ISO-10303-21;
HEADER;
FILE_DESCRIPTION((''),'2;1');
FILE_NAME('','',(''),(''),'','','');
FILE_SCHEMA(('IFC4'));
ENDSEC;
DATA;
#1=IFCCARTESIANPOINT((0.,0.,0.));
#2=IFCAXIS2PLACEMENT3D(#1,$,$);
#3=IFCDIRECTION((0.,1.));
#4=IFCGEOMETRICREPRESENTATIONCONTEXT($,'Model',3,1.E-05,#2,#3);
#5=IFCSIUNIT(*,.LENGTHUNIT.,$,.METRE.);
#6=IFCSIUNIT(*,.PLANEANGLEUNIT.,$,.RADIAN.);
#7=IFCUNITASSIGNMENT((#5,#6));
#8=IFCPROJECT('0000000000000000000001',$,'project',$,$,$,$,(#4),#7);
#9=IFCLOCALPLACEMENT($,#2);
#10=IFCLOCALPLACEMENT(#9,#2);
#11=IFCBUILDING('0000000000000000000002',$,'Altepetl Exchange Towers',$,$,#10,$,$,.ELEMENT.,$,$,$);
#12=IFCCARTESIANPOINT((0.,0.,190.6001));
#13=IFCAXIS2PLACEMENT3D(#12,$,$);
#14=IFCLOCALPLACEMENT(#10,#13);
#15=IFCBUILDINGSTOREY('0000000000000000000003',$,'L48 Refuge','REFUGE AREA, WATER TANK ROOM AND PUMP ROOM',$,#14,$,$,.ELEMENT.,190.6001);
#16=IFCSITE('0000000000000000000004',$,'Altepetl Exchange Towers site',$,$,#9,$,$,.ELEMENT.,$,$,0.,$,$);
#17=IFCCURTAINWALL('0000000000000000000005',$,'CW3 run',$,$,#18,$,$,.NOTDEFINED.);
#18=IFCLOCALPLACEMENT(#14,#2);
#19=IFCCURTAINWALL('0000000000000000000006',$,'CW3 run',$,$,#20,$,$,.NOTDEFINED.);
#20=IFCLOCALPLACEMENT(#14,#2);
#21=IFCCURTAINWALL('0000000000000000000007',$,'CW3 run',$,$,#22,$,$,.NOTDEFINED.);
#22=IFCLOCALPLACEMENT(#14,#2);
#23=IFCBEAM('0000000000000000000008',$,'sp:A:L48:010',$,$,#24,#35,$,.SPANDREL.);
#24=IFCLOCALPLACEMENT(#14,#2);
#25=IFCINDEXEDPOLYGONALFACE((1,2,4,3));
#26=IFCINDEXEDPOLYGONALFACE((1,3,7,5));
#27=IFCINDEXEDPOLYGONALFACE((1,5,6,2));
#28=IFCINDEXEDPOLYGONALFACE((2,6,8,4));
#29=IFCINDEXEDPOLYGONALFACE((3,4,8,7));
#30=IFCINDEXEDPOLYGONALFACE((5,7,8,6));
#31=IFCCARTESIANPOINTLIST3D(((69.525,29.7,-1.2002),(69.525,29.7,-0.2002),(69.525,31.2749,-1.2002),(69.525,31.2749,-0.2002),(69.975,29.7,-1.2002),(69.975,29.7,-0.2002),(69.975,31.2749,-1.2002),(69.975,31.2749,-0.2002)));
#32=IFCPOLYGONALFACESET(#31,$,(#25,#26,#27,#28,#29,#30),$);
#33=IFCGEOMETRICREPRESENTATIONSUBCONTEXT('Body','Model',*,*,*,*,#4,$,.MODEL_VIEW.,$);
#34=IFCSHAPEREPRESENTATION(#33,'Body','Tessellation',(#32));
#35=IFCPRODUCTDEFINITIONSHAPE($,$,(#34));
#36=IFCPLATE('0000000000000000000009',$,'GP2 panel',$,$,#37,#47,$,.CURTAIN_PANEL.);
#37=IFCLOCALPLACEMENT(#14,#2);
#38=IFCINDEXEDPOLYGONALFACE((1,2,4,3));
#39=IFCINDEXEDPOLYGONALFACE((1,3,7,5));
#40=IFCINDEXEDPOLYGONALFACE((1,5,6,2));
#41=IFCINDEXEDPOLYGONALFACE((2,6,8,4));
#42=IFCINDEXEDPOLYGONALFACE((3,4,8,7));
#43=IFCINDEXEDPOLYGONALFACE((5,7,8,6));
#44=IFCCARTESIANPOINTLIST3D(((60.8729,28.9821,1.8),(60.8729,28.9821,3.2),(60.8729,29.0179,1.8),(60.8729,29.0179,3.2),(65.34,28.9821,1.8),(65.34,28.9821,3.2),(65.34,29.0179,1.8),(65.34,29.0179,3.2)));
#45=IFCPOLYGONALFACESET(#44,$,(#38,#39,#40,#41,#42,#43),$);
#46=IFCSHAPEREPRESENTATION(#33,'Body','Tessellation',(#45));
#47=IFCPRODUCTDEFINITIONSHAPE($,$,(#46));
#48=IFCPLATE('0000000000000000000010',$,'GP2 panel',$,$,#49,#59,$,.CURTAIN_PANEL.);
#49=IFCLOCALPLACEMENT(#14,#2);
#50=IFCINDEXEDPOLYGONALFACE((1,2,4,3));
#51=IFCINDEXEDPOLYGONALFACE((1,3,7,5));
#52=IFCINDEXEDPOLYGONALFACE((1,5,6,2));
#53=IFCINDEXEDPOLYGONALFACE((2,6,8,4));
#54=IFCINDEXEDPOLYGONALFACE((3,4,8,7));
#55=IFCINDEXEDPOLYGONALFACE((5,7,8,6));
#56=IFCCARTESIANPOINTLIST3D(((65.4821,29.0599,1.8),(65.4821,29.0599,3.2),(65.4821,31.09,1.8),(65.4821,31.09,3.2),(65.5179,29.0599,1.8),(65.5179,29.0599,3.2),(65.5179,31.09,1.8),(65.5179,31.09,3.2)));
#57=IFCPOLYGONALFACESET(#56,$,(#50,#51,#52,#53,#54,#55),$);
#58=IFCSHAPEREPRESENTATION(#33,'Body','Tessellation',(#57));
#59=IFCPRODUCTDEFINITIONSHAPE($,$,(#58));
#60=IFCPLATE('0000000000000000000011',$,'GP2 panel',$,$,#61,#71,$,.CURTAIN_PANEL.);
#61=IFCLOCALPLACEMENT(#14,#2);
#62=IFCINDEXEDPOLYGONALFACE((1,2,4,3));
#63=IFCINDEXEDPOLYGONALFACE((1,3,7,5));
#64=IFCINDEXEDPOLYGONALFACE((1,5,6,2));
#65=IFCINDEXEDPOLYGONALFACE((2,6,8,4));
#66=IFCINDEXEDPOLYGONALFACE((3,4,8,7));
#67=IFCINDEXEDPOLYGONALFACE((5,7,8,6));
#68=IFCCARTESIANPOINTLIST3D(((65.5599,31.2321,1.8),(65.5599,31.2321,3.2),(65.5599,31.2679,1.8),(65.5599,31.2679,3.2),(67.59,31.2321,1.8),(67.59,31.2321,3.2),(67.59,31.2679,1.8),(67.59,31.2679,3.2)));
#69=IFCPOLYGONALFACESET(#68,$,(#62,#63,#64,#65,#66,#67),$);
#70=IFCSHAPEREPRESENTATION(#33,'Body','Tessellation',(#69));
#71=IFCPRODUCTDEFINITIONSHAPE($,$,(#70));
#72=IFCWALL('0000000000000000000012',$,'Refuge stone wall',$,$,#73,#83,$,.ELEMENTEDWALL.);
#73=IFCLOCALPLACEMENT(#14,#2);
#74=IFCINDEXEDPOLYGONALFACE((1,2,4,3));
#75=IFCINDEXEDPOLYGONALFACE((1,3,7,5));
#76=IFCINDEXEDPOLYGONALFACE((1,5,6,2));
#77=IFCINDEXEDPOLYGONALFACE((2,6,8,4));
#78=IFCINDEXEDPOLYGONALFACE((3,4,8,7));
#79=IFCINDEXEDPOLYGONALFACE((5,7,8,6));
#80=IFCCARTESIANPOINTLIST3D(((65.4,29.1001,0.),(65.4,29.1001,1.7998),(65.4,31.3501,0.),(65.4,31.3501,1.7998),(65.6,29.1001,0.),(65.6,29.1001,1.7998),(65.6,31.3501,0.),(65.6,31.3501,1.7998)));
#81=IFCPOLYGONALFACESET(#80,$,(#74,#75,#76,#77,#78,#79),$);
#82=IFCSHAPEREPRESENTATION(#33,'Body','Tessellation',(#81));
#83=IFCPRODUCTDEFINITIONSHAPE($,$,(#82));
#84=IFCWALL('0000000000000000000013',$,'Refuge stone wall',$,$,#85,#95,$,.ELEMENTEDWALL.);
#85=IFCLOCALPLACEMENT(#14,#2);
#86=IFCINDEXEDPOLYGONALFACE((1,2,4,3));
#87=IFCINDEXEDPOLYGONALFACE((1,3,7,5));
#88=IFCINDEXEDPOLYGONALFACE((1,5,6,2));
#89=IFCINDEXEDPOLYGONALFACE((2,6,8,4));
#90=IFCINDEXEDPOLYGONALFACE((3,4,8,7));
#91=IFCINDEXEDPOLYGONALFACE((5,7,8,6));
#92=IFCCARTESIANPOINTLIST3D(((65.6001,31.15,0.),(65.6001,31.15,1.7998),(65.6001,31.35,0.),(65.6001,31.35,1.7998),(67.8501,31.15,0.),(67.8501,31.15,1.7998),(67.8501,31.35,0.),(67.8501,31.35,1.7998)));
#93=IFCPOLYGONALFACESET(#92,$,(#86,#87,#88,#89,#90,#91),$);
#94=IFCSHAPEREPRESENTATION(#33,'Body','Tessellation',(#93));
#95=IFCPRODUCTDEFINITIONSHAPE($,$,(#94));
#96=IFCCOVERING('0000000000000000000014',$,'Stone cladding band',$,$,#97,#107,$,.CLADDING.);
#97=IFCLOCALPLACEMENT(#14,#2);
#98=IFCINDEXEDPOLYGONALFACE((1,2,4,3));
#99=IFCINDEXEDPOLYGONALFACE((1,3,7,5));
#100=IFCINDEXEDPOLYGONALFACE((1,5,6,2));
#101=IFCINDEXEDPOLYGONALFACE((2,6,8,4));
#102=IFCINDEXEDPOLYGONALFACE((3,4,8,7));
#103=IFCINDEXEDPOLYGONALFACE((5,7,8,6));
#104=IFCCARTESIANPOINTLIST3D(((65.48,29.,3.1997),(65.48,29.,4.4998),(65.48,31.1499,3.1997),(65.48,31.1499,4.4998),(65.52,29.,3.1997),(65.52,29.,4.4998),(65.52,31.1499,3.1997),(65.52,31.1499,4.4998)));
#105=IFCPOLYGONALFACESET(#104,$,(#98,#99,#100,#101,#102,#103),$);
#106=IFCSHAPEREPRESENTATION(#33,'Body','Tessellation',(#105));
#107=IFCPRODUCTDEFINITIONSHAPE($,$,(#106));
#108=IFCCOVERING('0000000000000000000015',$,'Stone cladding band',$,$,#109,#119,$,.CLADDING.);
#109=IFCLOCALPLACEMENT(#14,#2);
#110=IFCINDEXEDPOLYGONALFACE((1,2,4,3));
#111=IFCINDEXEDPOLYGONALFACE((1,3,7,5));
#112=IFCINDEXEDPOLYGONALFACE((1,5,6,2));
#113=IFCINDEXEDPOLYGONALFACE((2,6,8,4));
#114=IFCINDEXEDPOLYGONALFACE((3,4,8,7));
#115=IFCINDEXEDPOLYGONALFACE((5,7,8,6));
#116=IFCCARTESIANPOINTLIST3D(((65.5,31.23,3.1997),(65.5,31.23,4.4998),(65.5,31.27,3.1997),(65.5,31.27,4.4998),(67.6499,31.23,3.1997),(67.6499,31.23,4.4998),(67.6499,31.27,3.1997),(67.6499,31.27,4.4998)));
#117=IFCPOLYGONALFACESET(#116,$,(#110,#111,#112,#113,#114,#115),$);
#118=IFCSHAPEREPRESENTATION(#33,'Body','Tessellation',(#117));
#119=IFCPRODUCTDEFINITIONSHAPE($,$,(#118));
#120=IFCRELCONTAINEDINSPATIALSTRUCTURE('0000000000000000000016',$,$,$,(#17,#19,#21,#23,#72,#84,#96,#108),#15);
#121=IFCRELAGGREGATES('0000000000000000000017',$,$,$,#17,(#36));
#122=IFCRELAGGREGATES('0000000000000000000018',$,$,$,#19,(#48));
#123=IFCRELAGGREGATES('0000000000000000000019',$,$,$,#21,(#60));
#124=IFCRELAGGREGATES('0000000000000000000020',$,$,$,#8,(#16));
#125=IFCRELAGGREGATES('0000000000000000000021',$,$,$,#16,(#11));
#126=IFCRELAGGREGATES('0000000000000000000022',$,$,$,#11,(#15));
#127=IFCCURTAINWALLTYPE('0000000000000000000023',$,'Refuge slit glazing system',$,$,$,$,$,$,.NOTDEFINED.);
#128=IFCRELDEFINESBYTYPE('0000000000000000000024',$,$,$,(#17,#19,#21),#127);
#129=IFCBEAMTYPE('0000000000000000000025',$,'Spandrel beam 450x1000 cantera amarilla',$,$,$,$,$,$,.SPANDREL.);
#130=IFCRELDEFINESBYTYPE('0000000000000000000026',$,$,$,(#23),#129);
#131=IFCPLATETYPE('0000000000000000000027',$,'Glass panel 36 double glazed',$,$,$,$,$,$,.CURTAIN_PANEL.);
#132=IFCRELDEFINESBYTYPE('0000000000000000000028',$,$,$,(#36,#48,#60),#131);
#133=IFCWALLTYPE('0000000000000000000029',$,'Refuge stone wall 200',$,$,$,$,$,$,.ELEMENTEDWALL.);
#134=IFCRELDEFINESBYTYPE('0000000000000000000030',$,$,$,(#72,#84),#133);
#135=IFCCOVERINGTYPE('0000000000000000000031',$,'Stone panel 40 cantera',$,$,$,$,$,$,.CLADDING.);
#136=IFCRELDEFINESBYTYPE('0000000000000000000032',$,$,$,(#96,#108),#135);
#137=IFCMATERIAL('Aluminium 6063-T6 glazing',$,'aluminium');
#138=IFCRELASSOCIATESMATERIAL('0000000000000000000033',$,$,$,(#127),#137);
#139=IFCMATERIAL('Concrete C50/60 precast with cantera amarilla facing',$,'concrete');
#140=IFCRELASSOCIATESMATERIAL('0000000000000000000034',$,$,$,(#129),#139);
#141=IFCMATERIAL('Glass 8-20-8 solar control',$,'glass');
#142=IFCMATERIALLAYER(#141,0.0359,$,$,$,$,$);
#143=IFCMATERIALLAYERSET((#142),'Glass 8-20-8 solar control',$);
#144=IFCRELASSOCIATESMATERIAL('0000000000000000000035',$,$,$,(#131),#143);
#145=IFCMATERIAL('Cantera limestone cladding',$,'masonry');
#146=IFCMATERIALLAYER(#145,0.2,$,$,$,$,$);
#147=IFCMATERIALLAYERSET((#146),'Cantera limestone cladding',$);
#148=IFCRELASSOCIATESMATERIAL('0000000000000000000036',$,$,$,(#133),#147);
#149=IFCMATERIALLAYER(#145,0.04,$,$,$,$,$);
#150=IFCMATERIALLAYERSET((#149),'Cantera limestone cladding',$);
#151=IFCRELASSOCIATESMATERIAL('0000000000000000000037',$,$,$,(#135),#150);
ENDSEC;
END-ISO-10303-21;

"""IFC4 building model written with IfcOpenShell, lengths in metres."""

from ifc_helpers import new_model, si_unit, direction, frame, frame_2d, origin, origin_2d, place, context, subcontext, project, spatial, rectangle, extrude, material, layer, layer_set, material_profile, profile_set, type_object, element, aggregate, save


model = new_model("IFC4")

# Units and contexts
model_context = context("Model", 3, precision=1e-05, world=origin(), true_north=direction((0.0, 1.0)))
body_context = subcontext(model_context, "Body", "Model", "MODEL_VIEW")
ifc_project = project(units=[si_unit("LENGTHUNIT", "METRE"), si_unit("PLANEANGLEUNIT", "RADIAN")], contexts=[model_context])

# Site, building, storey
site_placement = place(None, origin())
site = spatial("IfcSite", under=ifc_project, at=site_placement, Name="Altepetl Exchange Towers site", CompositionType="ELEMENT", RefElevation=0.0)
building_placement = place(site_placement, origin())
building = spatial("IfcBuilding", under=site, at=building_placement, Name="Altepetl Exchange Towers", CompositionType="ELEMENT")
storey_placement = place(building_placement, frame((0.0, 0.0, 190.6001)))
storey = spatial("IfcBuildingStorey", under=building, at=storey_placement, Name="L48 Refuge", Description="REFUGE AREA, WATER TANK ROOM AND PUMP ROOM", CompositionType="ELEMENT", Elevation=190.6001)

# Curtain walls
ifc_material_1 = material(Name="Aluminium 6063-T6 glazing", Category="aluminium")
curtain_wall_type = type_object("IfcCurtainWallType", Name="Refuge slit glazing system", PredefinedType="NOTDEFINED", material=ifc_material_1)
curtain_wall_1_placement = place(storey_placement, origin())
curtain_wall_1 = element("IfcCurtainWall", 1, at=curtain_wall_1_placement, inside=storey, type_object=curtain_wall_type, Name="CW3 run", PredefinedType="NOTDEFINED")
curtain_wall_2_placement = place(storey_placement, origin())
curtain_wall_2 = element("IfcCurtainWall", 2, at=curtain_wall_2_placement, inside=storey, type_object=curtain_wall_type, Name="CW3 run", PredefinedType="NOTDEFINED")

# Curtain wall
curtain_wall_3_placement = place(storey_placement, origin())
curtain_wall_3 = element("IfcCurtainWall", 3, at=curtain_wall_3_placement, inside=storey, type_object=curtain_wall_type, Name="CW3 run", PredefinedType="NOTDEFINED")

# Beam
ifc_material_2 = material(Name="Concrete C50/60 precast with cantera amarilla facing", Category="concrete")
ifc_material_profile_1 = material_profile(ifc_material_2, rectangle(XDim=0.45, YDim=1.0, at=origin_2d()), Name="450 x 1000")
ifc_profile_set_1 = profile_set([ifc_material_profile_1], Name="Concrete C50/60 precast with cantera amarilla facing")
beam_type = type_object("IfcBeamType", Name="Spandrel beam 450x1000 cantera amarilla", PredefinedType="SPANDREL", material=ifc_profile_set_1)
beam_1_placement = place(storey_placement, frame((69.75, 29.7, -0.7002), z_axis=(0.0, 1.0, 0.0), x_axis=(-1.0, 0.0, 0.0)))
element("IfcBeam", 4, at=beam_1_placement, inside=storey, type_object=beam_type, Name="sp:A:L48:010", PredefinedType="SPANDREL", context=body_context, shape_type="SweptSolid", body=[
    extrude(rectangle(XDim=0.45, YDim=1.0, at=origin_2d()), origin(), (0.0, 0.0, 1.0), 1.575),
])

# Plates
ifc_material_3 = material(Name="Glass 8-20-8 solar control", Category="glass")
ifc_layer_1 = layer(ifc_material_3, 0.0359)
ifc_layer_set_1 = layer_set([ifc_layer_1], Name="Glass 8-20-8 solar control")
plate_type = type_object("IfcPlateType", Name="Glass panel 36 double glazed", PredefinedType="CURTAIN_PANEL", material=ifc_layer_set_1)
plate_1_placement = place(storey_placement, frame((63.1064, 29.0, 1.8)))
plate_1 = element("IfcPlate", 5, at=plate_1_placement, type_object=plate_type, Name="GP2 panel", PredefinedType="CURTAIN_PANEL", context=body_context, shape_type="SweptSolid", body=[
    extrude(rectangle(XDim=4.467, YDim=0.0359, at=origin_2d()), origin(), (0.0, 0.0, 1.0), 1.3999),
])
aggregate(curtain_wall_1, [plate_1])
plate_2_placement = place(storey_placement, frame((65.5, 30.075, 1.8), z_axis=(0.0, 0.0, 1.0), x_axis=(0.0, 1.0, 0.0)))
plate_2 = element("IfcPlate", 6, at=plate_2_placement, type_object=plate_type, Name="GP2 panel", PredefinedType="CURTAIN_PANEL", context=body_context, shape_type="SweptSolid", body=[
    extrude(rectangle(XDim=2.03, YDim=0.0359, at=origin_2d()), origin(), (0.0, 0.0, 1.0), 1.3999),
])
aggregate(curtain_wall_2, [plate_2])
plate_3_placement = place(storey_placement, frame((66.575, 31.25, 1.8)))
plate_3 = element("IfcPlate", 7, at=plate_3_placement, type_object=plate_type, Name="GP2 panel", PredefinedType="CURTAIN_PANEL", context=body_context, shape_type="SweptSolid", body=[
    extrude(rectangle(XDim=2.03, YDim=0.0359, at=origin_2d()), origin(), (0.0, 0.0, 1.0), 1.3999),
])
aggregate(curtain_wall_3, [plate_3])

# Walls
ifc_material_4 = material(Name="Cantera limestone cladding", Category="masonry")
ifc_layer_2 = layer(ifc_material_4, 0.2)
ifc_layer_set_2 = layer_set([ifc_layer_2], Name="Cantera limestone cladding")
wall_type = type_object("IfcWallType", Name="Refuge stone wall 200", PredefinedType="ELEMENTEDWALL", material=ifc_layer_set_2)
wall_1_placement = place(storey_placement, frame((65.5, 29.1001, 0.0), z_axis=(0.0, 0.0, 1.0), x_axis=(0.0, 1.0, 0.0)))
element("IfcWall", 8, at=wall_1_placement, inside=storey, type_object=wall_type, Name="Refuge stone wall", PredefinedType="ELEMENTEDWALL", context=body_context, shape_type="SweptSolid", body=[
    extrude(rectangle(XDim=2.25, YDim=0.2, at=frame_2d((1.125, 0.0))), origin(), (0.0, 0.0, 1.0), 1.7998),
])
wall_2_placement = place(storey_placement, frame((65.6001, 31.25, 0.0)))
element("IfcWall", 9, at=wall_2_placement, inside=storey, type_object=wall_type, Name="Refuge stone wall", PredefinedType="ELEMENTEDWALL", context=body_context, shape_type="SweptSolid", body=[
    extrude(rectangle(XDim=2.25, YDim=0.2, at=frame_2d((1.125, 0.0))), origin(), (0.0, 0.0, 1.0), 1.7998),
])

# Coverings
ifc_layer_3 = layer(ifc_material_4, 0.04)
ifc_layer_set_3 = layer_set([ifc_layer_3], Name="Cantera limestone cladding")
covering_type = type_object("IfcCoveringType", Name="Stone panel 40 cantera", PredefinedType="CLADDING", material=ifc_layer_set_3)
covering_1_placement = place(storey_placement, frame((65.5, 30.075, 3.1997), z_axis=(0.0, 0.0, 1.0), x_axis=(0.0, 1.0, 0.0)))
element("IfcCovering", 10, at=covering_1_placement, inside=storey, type_object=covering_type, Name="Stone cladding band", PredefinedType="CLADDING", context=body_context, shape_type="SweptSolid", body=[
    extrude(rectangle(XDim=2.1499, YDim=0.04, at=origin_2d()), origin(), (0.0, 0.0, 1.0), 1.3),
])
covering_2_placement = place(storey_placement, frame((66.575, 31.25, 3.1997)))
element("IfcCovering", 11, at=covering_2_placement, inside=storey, type_object=covering_type, Name="Stone cladding band", PredefinedType="CLADDING", context=body_context, shape_type="SweptSolid", body=[
    extrude(rectangle(XDim=2.1499, YDim=0.04, at=origin_2d()), origin(), (0.0, 0.0, 1.0), 1.3),
])

save(model, "model.ifc")
